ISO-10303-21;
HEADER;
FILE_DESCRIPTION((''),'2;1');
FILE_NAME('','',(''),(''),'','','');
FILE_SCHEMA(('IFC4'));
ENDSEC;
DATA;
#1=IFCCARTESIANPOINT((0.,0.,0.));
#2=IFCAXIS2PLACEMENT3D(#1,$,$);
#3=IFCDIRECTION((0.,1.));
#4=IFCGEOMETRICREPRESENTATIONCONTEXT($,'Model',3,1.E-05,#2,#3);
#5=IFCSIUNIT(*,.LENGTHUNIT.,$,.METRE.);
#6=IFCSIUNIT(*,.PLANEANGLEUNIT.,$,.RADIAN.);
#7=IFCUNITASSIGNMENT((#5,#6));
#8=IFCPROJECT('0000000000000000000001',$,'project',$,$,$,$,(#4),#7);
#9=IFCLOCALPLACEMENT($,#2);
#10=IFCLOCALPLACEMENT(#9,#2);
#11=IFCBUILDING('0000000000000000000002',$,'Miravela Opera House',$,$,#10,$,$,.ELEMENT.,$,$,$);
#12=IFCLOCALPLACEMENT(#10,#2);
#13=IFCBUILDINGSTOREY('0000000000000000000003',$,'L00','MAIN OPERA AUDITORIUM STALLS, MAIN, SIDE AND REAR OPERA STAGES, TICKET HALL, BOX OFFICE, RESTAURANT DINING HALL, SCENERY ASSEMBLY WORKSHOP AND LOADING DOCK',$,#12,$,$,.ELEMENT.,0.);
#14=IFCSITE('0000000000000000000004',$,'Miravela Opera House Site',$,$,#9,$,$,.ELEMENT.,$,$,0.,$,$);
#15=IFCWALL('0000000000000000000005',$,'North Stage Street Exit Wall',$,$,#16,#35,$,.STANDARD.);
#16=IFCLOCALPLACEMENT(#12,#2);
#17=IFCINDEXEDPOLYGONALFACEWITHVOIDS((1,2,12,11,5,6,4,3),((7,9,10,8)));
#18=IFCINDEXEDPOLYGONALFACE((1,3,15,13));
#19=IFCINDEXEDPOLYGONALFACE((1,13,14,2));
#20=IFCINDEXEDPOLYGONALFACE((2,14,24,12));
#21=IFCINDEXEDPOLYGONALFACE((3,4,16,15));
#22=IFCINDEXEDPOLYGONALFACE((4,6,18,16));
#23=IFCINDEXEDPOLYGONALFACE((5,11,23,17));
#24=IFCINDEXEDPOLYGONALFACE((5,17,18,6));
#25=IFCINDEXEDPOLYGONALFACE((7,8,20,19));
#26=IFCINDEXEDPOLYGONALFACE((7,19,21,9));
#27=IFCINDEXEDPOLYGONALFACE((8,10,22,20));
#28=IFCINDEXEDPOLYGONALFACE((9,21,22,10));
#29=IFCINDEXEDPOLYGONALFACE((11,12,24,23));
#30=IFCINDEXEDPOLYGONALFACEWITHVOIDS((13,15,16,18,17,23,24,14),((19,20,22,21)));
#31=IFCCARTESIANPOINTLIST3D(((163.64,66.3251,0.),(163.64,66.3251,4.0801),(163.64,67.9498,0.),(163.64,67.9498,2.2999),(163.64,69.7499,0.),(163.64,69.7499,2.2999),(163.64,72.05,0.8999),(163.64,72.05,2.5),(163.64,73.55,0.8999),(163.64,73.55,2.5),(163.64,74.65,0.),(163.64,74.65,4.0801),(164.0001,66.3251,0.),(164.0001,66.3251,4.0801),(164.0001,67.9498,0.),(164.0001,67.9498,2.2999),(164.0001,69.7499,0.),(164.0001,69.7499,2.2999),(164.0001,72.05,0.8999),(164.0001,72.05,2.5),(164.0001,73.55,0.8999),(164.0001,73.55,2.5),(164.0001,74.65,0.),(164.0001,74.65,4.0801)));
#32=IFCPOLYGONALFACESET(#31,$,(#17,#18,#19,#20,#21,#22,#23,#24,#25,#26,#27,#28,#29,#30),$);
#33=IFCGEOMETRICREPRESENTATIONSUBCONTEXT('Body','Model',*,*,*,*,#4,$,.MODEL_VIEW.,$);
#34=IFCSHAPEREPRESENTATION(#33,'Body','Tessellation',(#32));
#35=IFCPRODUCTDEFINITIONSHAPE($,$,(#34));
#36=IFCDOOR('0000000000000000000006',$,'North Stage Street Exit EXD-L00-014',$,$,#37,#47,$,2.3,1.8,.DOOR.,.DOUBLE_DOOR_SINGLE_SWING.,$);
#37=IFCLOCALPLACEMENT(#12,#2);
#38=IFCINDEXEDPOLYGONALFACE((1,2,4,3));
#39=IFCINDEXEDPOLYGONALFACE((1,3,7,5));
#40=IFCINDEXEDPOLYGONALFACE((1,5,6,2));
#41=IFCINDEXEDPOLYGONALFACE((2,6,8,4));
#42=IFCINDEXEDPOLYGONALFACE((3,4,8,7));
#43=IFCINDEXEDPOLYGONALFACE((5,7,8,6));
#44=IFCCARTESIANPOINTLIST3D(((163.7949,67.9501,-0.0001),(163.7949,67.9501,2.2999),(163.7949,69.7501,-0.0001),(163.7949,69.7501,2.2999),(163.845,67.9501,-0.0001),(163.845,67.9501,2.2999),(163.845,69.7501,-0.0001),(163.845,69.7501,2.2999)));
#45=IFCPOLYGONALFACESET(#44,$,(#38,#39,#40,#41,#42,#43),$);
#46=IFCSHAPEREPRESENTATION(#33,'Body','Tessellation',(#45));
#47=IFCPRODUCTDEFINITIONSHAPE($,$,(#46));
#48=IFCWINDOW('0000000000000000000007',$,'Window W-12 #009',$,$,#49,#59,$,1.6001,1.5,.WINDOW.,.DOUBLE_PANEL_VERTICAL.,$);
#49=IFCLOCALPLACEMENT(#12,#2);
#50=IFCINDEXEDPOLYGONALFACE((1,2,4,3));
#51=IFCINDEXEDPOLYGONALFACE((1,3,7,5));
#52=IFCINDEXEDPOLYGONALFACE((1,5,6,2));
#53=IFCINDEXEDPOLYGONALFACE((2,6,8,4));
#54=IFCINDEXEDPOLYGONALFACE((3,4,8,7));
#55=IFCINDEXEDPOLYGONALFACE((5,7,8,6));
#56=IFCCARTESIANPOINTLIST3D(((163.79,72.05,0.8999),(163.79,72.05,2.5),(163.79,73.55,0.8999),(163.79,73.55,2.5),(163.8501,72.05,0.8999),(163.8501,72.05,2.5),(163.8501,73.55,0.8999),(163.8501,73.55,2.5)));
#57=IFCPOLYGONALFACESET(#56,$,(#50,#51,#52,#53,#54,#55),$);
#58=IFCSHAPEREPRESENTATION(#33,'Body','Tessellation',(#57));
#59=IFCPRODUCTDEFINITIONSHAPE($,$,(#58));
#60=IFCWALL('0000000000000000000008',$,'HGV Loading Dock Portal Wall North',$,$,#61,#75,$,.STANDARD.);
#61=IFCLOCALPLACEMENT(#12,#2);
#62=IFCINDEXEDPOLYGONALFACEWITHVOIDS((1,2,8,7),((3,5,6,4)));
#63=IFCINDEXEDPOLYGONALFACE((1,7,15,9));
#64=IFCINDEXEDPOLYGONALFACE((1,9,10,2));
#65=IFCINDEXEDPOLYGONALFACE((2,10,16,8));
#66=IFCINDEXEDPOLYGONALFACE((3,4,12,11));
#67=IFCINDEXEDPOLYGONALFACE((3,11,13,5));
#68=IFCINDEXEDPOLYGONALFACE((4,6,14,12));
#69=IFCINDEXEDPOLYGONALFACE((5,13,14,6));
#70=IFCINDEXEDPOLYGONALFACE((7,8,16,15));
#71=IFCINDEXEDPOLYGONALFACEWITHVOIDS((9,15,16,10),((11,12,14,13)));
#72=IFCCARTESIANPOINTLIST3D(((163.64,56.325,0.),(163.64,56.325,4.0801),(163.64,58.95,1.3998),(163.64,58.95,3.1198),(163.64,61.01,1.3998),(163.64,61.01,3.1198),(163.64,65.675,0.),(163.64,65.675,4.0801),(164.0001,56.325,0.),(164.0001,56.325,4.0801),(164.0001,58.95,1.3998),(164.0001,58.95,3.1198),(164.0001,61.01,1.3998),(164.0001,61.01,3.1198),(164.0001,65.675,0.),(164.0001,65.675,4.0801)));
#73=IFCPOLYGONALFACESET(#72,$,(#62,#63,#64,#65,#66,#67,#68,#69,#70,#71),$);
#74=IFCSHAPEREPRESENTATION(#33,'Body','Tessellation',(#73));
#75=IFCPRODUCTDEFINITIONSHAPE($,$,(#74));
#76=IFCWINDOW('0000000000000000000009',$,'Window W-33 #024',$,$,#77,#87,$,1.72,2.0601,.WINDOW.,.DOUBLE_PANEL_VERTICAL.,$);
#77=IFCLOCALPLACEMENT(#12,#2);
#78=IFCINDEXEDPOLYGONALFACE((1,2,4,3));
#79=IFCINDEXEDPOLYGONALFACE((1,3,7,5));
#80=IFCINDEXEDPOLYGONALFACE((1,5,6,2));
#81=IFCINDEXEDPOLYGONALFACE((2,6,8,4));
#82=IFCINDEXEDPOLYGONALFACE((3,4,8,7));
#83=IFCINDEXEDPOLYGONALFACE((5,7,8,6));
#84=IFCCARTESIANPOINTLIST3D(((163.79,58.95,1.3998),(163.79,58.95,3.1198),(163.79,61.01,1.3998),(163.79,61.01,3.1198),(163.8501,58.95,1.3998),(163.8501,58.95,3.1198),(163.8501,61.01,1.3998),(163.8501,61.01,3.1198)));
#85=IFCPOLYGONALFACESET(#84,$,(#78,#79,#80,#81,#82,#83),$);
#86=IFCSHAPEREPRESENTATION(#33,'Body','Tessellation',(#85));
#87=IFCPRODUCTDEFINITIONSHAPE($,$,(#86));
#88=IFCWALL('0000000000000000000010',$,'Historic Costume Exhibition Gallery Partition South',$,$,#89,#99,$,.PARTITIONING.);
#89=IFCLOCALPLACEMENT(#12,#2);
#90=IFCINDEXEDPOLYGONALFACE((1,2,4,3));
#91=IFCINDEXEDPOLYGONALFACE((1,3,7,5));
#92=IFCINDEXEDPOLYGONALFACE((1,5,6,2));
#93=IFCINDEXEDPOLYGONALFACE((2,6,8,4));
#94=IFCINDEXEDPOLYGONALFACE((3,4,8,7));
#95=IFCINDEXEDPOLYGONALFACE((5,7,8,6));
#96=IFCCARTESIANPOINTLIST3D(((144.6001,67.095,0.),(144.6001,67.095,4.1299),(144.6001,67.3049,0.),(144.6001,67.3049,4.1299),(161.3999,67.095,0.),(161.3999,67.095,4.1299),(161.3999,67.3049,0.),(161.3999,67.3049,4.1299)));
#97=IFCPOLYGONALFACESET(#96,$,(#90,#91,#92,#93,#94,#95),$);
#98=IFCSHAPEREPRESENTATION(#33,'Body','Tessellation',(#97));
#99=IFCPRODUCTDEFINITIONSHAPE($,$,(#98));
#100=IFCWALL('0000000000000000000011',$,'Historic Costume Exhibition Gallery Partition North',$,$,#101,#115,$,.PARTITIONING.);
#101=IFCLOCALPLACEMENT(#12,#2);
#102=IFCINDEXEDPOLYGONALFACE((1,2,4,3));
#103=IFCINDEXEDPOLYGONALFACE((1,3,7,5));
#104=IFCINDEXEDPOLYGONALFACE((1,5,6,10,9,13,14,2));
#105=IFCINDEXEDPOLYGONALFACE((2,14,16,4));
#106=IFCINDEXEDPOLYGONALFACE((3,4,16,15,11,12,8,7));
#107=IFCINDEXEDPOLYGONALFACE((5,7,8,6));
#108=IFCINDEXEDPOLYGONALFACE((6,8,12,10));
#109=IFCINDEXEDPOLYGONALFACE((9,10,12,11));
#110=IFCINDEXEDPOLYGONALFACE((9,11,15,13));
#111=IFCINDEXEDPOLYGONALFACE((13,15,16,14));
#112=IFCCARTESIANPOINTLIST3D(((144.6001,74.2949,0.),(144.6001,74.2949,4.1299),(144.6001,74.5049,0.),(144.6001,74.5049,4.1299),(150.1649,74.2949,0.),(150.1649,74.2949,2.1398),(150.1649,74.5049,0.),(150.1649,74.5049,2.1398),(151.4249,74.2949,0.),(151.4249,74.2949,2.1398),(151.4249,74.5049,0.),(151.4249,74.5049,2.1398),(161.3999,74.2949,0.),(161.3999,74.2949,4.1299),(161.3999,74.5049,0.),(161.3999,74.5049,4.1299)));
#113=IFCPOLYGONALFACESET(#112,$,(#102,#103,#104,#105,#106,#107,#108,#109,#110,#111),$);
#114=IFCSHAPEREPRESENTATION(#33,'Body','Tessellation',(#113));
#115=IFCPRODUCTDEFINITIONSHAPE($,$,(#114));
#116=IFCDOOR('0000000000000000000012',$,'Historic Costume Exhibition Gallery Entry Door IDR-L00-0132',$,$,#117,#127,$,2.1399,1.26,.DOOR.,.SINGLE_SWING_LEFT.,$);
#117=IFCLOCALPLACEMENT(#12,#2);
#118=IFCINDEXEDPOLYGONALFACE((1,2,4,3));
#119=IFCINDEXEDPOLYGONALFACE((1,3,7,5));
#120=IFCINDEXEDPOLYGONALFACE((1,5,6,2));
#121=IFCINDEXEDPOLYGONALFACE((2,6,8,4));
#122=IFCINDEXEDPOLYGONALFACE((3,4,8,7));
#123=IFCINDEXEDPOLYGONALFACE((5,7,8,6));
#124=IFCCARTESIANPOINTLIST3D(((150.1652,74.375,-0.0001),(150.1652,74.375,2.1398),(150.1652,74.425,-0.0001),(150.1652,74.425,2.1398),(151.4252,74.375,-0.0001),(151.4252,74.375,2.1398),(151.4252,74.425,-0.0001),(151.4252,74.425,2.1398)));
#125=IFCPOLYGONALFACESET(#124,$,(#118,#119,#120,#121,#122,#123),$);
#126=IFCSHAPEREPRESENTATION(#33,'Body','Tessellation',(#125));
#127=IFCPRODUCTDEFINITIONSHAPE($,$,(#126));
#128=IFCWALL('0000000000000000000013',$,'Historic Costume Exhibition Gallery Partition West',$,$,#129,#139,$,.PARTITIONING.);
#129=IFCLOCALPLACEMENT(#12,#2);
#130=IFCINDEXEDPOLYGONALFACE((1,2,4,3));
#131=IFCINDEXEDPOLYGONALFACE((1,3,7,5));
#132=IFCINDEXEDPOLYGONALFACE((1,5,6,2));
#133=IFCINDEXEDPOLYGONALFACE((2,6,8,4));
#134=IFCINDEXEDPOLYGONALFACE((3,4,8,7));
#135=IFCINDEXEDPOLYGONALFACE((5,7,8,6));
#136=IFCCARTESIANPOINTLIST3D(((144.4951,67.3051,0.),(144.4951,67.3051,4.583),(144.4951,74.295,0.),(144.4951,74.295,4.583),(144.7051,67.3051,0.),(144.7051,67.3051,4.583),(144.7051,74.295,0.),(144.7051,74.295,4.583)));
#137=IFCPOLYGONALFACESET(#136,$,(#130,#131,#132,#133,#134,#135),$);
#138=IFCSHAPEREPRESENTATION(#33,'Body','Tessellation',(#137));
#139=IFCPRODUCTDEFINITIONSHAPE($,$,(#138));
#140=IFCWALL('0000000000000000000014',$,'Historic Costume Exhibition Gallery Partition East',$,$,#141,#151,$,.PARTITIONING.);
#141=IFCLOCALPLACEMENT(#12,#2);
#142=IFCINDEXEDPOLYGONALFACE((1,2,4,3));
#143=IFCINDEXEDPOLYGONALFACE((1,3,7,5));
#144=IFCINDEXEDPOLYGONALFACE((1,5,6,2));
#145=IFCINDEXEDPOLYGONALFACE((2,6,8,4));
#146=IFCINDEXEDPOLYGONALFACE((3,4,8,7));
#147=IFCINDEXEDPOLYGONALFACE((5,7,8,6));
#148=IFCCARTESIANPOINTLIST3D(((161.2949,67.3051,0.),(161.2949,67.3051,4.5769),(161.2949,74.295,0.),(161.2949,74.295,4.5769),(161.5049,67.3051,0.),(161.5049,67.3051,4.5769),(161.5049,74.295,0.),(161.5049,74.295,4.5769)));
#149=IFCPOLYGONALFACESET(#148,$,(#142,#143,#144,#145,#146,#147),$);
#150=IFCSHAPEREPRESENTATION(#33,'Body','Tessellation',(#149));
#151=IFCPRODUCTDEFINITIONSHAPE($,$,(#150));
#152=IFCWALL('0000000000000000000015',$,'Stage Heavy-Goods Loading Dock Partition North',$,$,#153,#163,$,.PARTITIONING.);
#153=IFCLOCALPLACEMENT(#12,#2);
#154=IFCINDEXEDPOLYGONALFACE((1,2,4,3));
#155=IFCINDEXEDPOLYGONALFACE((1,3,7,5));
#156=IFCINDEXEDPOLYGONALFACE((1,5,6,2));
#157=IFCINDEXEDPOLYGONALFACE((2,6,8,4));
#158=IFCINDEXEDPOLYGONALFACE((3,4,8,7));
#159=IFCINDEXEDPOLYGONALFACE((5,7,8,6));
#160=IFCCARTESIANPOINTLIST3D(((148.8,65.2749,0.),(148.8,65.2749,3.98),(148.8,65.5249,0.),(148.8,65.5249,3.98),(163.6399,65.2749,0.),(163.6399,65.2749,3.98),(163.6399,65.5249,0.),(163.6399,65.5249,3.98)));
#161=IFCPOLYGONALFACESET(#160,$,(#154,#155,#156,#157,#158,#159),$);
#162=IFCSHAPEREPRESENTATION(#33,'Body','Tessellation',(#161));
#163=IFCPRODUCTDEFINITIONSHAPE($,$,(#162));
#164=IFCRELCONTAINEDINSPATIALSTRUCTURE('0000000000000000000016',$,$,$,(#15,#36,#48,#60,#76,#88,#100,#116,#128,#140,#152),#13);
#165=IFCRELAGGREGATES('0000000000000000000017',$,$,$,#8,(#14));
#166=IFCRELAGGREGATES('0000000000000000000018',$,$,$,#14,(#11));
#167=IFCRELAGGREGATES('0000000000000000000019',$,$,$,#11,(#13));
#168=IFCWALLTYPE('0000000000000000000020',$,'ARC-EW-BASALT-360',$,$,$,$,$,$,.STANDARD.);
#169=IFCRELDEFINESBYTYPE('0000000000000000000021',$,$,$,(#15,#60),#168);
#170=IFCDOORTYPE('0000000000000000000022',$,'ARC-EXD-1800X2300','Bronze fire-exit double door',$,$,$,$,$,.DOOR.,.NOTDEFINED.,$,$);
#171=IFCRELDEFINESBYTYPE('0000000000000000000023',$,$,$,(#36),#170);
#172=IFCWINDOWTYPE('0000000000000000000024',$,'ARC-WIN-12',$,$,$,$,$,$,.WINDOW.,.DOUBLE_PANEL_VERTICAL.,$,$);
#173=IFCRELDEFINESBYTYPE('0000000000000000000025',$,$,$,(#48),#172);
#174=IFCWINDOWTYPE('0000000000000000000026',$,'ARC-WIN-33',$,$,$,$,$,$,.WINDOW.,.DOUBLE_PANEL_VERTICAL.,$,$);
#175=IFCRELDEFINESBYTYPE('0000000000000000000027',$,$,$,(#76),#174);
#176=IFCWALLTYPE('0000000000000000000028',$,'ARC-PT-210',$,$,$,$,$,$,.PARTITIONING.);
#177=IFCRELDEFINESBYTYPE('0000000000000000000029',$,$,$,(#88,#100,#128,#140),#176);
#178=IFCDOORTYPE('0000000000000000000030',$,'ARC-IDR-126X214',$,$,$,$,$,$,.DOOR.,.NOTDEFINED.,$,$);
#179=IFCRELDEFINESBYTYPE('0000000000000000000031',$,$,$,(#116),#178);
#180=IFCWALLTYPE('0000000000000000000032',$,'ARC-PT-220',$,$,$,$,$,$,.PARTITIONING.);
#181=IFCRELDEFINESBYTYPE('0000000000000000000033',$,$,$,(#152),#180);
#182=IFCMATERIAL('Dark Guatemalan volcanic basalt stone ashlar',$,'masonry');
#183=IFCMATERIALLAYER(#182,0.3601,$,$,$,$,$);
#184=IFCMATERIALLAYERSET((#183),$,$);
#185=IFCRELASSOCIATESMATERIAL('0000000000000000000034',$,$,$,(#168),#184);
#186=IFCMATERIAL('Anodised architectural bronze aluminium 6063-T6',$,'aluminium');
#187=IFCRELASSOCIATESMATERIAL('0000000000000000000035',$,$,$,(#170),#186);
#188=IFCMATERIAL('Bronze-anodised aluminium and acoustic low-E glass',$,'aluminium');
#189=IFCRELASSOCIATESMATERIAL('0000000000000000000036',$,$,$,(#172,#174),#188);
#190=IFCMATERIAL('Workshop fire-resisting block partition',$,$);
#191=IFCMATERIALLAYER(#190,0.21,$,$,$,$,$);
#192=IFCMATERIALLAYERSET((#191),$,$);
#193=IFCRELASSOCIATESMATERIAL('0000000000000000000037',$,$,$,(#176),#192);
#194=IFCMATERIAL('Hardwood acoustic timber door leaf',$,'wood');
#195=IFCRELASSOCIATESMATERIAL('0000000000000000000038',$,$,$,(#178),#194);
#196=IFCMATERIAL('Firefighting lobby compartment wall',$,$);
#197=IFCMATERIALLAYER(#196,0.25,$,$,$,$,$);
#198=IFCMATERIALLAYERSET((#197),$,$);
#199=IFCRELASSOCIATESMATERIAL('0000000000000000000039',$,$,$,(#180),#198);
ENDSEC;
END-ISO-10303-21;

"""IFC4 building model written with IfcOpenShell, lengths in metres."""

from ifc_helpers import new_model, si_unit, direction, frame, frame_2d, origin, place, context, subcontext, project, spatial, rectangle, extrude, material, layer, layer_set, type_object, element, fill, save


model = new_model("IFC4")

# Units and contexts
model_context = context("Model", 3, precision=1e-05, world=origin(), true_north=direction((0.0, 1.0)))
body_context = subcontext(model_context, "Body", "Model", "MODEL_VIEW")
ifc_project = project(units=[si_unit("LENGTHUNIT", "METRE"), si_unit("PLANEANGLEUNIT", "RADIAN")], contexts=[model_context])

# Site, building, storey
site_placement = place(None, origin())
site = spatial("IfcSite", under=ifc_project, at=site_placement, Name="Miravela Opera House Site", CompositionType="ELEMENT", RefElevation=0.0)
building_placement = place(site_placement, origin())
building = spatial("IfcBuilding", under=site, at=building_placement, Name="Miravela Opera House", CompositionType="ELEMENT")
storey_placement = place(building_placement, origin())
storey = spatial("IfcBuildingStorey", under=building, at=storey_placement, Name="L00", Description="MAIN OPERA AUDITORIUM STALLS, MAIN, SIDE AND REAR OPERA STAGES, TICKET HALL, BOX OFFICE, RESTAURANT DINING HALL, SCENERY ASSEMBLY WORKSHOP AND LOADING DOCK", CompositionType="ELEMENT", Elevation=0.0)

# Wall, openings, door, window
ifc_material_1 = material(Name="Dark Guatemalan volcanic basalt stone ashlar", Category="masonry")
ifc_layer_1 = layer(ifc_material_1, 0.3601)
ifc_layer_set_1 = layer_set([ifc_layer_1])
wall_type_1 = type_object("IfcWallType", Name="ARC-EW-BASALT-360", PredefinedType="STANDARD", material=ifc_layer_set_1)
wall_1_placement = place(storey_placement, frame((163.8201, 66.325, 0.0), z_axis=(0.0, 0.0, 1.0), x_axis=(0.0, 1.0, 0.0)))
wall_1 = element("IfcWall", 1, at=wall_1_placement, inside=storey, type_object=wall_type_1, Name="North Stage Street Exit Wall", PredefinedType="STANDARD", context=body_context, shape_type="SweptSolid", body=[
    extrude(rectangle(XDim=8.325, YDim=0.3601, at=frame_2d((4.1626, 0.0))), origin(), (0.0, 0.0, 1.0), 4.0801),
])
opening_1_placement = place(wall_1_placement, frame((1.625, 0.0, 0.0)))
opening_1 = element("IfcOpeningElement", 2, at=opening_1_placement, cuts=wall_1, PredefinedType="OPENING", context=body_context, shape_type="SweptSolid", body=[
    extrude(rectangle(XDim=1.8, YDim=2.3, at=frame_2d((0.8999, 1.1499))), frame((0.0, 0.1899, 0.0), z_axis=(0.0, -1.0, 0.0), x_axis=(1.0, 0.0, 0.0)), (0.0, 0.0, 1.0), 0.3801),
])
opening_2_placement = place(wall_1_placement, frame((5.7251, 0.0, 0.8999)))
opening_2 = element("IfcOpeningElement", 3, at=opening_2_placement, cuts=wall_1, PredefinedType="OPENING", context=body_context, shape_type="SweptSolid", body=[
    extrude(rectangle(XDim=1.5, YDim=1.6001, at=frame_2d((0.75, 0.8))), frame((0.0, 0.1899, 0.0), z_axis=(0.0, -1.0, 0.0), x_axis=(1.0, 0.0, 0.0)), (0.0, 0.0, 1.0), 0.3801),
])
ifc_material_2 = material(Name="Anodised architectural bronze aluminium 6063-T6", Category="aluminium")
door_type_1 = type_object("IfcDoorType", Name="ARC-EXD-1800X2300", Description="Bronze fire-exit double door", OperationType="NOTDEFINED", PredefinedType="DOOR", material=ifc_material_2)
door_1_placement = place(opening_1_placement, frame((1.8, 0.0, 0.0), z_axis=(0.0, 0.0, 1.0), x_axis=(-1.0, 0.0, 0.0)))
door_1 = element("IfcDoor", 4, at=door_1_placement, inside=storey, type_object=door_type_1, Name="North Stage Street Exit EXD-L00-014", OperationType="DOUBLE_DOOR_SINGLE_SWING", OverallHeight=2.3, OverallWidth=1.8, PredefinedType="DOOR", context=body_context, shape_type="SweptSolid", body=[
    extrude(rectangle(XDim=1.8, YDim=2.3, at=frame_2d((0.8999, 1.1499))), frame((0.0, 0.0249, 0.0), z_axis=(0.0, -1.0, 0.0), x_axis=(1.0, 0.0, 0.0)), (0.0, 0.0, 1.0), 0.05),
])
fill(opening_1, door_1)
ifc_material_3 = material(Name="Bronze-anodised aluminium and acoustic low-E glass", Category="aluminium")
window_type_1 = type_object("IfcWindowType", Name="ARC-WIN-12", PartitioningType="DOUBLE_PANEL_VERTICAL", PredefinedType="WINDOW", material=ifc_material_3)
window_1_placement = place(opening_2_placement, origin())
window_1 = element("IfcWindow", 5, at=window_1_placement, inside=storey, type_object=window_type_1, Name="Window W-12 #009", OverallHeight=1.6001, OverallWidth=1.5, PartitioningType="DOUBLE_PANEL_VERTICAL", PredefinedType="WINDOW", context=body_context, shape_type="SweptSolid", body=[
    extrude(rectangle(XDim=1.5, YDim=1.6001, at=frame_2d((0.75, 0.8))), frame((0.0, 0.03, 0.0), z_axis=(0.0, -1.0, 0.0), x_axis=(1.0, 0.0, 0.0)), (0.0, 0.0, 1.0), 0.0601),
])
fill(opening_2, window_1)

# Wall, opening, window
wall_2_placement = place(storey_placement, frame((163.8201, 56.325, 0.0), z_axis=(0.0, 0.0, 1.0), x_axis=(0.0, 1.0, 0.0)))
wall_2 = element("IfcWall", 6, at=wall_2_placement, inside=storey, type_object=wall_type_1, Name="HGV Loading Dock Portal Wall North", PredefinedType="STANDARD", context=body_context, shape_type="SweptSolid", body=[
    extrude(rectangle(XDim=9.3501, YDim=0.3601, at=frame_2d((4.675, 0.0))), origin(), (0.0, 0.0, 1.0), 4.0801),
])
opening_3_placement = place(wall_2_placement, frame((2.625, 0.0, 1.3999)))
opening_3 = element("IfcOpeningElement", 7, at=opening_3_placement, cuts=wall_2, PredefinedType="OPENING", context=body_context, shape_type="SweptSolid", body=[
    extrude(rectangle(XDim=2.0601, YDim=1.72, at=frame_2d((1.03, 0.8599))), frame((0.0, 0.1899, 0.0), z_axis=(0.0, -1.0, 0.0), x_axis=(1.0, 0.0, 0.0)), (0.0, 0.0, 1.0), 0.3801),
])
window_type_2 = type_object("IfcWindowType", Name="ARC-WIN-33", PartitioningType="DOUBLE_PANEL_VERTICAL", PredefinedType="WINDOW", material=ifc_material_3)
window_2_placement = place(opening_3_placement, origin())
window_2 = element("IfcWindow", 8, at=window_2_placement, inside=storey, type_object=window_type_2, Name="Window W-33 #024", OverallHeight=1.72, OverallWidth=2.0601, PartitioningType="DOUBLE_PANEL_VERTICAL", PredefinedType="WINDOW", context=body_context, shape_type="SweptSolid", body=[
    extrude(rectangle(XDim=2.0601, YDim=1.72, at=frame_2d((1.03, 0.8599))), frame((0.0, 0.03, 0.0), z_axis=(0.0, -1.0, 0.0), x_axis=(1.0, 0.0, 0.0)), (0.0, 0.0, 1.0), 0.0601),
])
fill(opening_3, window_2)

# Wall
ifc_material_4 = material(Name="Workshop fire-resisting block partition")
ifc_layer_2 = layer(ifc_material_4, 0.21)
ifc_layer_set_2 = layer_set([ifc_layer_2])
wall_type_2 = type_object("IfcWallType", Name="ARC-PT-210", PredefinedType="PARTITIONING", material=ifc_layer_set_2)
wall_3_placement = place(storey_placement, frame((144.6001, 67.2, 0.0), z_axis=(0.0, 0.0, 1.0), x_axis=(1.0, 0.0, 0.0)))
element("IfcWall", 9, at=wall_3_placement, inside=storey, type_object=wall_type_2, Name="Historic Costume Exhibition Gallery Partition South", PredefinedType="PARTITIONING", context=body_context, shape_type="SweptSolid", body=[
    extrude(rectangle(XDim=16.7998, YDim=0.21, at=frame_2d((8.3999, 0.0))), origin(), (0.0, 0.0, 1.0), 4.1299),
])

# Wall, opening, door
wall_4_placement = place(storey_placement, frame((144.6001, 74.3999, 0.0), z_axis=(0.0, 0.0, 1.0), x_axis=(1.0, 0.0, 0.0)))
wall_4 = element("IfcWall", 10, at=wall_4_placement, inside=storey, type_object=wall_type_2, Name="Historic Costume Exhibition Gallery Partition North", PredefinedType="PARTITIONING", context=body_context, shape_type="SweptSolid", body=[
    extrude(rectangle(XDim=16.7998, YDim=0.21, at=frame_2d((8.3999, 0.0))), origin(), (0.0, 0.0, 1.0), 4.1299),
])
opening_4_placement = place(wall_4_placement, frame((5.5649, 0.0, 0.0)))
opening_4 = element("IfcOpeningElement", 11, at=opening_4_placement, cuts=wall_4, PredefinedType="OPENING", context=body_context, shape_type="SweptSolid", body=[
    extrude(rectangle(XDim=1.26, YDim=2.1399, at=frame_2d((0.6299, 1.0698))), frame((0.0, 0.115, 0.0), z_axis=(0.0, -1.0, 0.0), x_axis=(1.0, 0.0, 0.0)), (0.0, 0.0, 1.0), 0.23),
])
ifc_material_5 = material(Name="Hardwood acoustic timber door leaf", Category="wood")
door_type_2 = type_object("IfcDoorType", Name="ARC-IDR-126X214", OperationType="NOTDEFINED", PredefinedType="DOOR", material=ifc_material_5)
door_2_placement = place(opening_4_placement, frame((1.26, 0.0, 0.0), z_axis=(0.0, 0.0, 1.0), x_axis=(-1.0, 0.0, 0.0)))
door_2 = element("IfcDoor", 12, at=door_2_placement, inside=storey, type_object=door_type_2, Name="Historic Costume Exhibition Gallery Entry Door IDR-L00-0132", OperationType="SINGLE_SWING_LEFT", OverallHeight=2.1399, OverallWidth=1.26, PredefinedType="DOOR", context=body_context, shape_type="SweptSolid", body=[
    extrude(rectangle(XDim=1.26, YDim=2.1399, at=frame_2d((0.6299, 1.0698))), frame((0.0, 0.0249, 0.0), z_axis=(0.0, -1.0, 0.0), x_axis=(1.0, 0.0, 0.0)), (0.0, 0.0, 1.0), 0.05),
])
fill(opening_4, door_2)

# Walls
wall_5_placement = place(storey_placement, frame((144.6001, 67.3049, 0.0), z_axis=(0.0, 0.0, 1.0), x_axis=(0.0, 1.0, 0.0)))
element("IfcWall", 13, at=wall_5_placement, inside=storey, type_object=wall_type_2, Name="Historic Costume Exhibition Gallery Partition West", PredefinedType="PARTITIONING", context=body_context, shape_type="SweptSolid", body=[
    extrude(rectangle(XDim=6.99, YDim=0.21, at=frame_2d((3.4951, 0.0))), origin(), (0.0, 0.0, 1.0), 4.583),
])
wall_6_placement = place(storey_placement, frame((161.3999, 67.3049, 0.0), z_axis=(0.0, 0.0, 1.0), x_axis=(0.0, 1.0, 0.0)))
element("IfcWall", 14, at=wall_6_placement, inside=storey, type_object=wall_type_2, Name="Historic Costume Exhibition Gallery Partition East", PredefinedType="PARTITIONING", context=body_context, shape_type="SweptSolid", body=[
    extrude(rectangle(XDim=6.99, YDim=0.21, at=frame_2d((3.4951, 0.0))), origin(), (0.0, 0.0, 1.0), 4.5769),
])
ifc_material_6 = material(Name="Firefighting lobby compartment wall")
ifc_layer_3 = layer(ifc_material_6, 0.25)
ifc_layer_set_3 = layer_set([ifc_layer_3])
wall_type_3 = type_object("IfcWallType", Name="ARC-PT-220", PredefinedType="PARTITIONING", material=ifc_layer_set_3)
wall_7_placement = place(storey_placement, frame((148.8, 65.3999, 0.0), z_axis=(0.0, 0.0, 1.0), x_axis=(1.0, 0.0, 0.0)))
element("IfcWall", 15, at=wall_7_placement, inside=storey, type_object=wall_type_3, Name="Stage Heavy-Goods Loading Dock Partition North", PredefinedType="PARTITIONING", context=body_context, shape_type="SweptSolid", body=[
    extrude(rectangle(XDim=14.8398, YDim=0.25, at=frame_2d((7.4199, 0.0))), origin(), (0.0, 0.0, 1.0), 3.98),
])

save(model, "model.ifc")
